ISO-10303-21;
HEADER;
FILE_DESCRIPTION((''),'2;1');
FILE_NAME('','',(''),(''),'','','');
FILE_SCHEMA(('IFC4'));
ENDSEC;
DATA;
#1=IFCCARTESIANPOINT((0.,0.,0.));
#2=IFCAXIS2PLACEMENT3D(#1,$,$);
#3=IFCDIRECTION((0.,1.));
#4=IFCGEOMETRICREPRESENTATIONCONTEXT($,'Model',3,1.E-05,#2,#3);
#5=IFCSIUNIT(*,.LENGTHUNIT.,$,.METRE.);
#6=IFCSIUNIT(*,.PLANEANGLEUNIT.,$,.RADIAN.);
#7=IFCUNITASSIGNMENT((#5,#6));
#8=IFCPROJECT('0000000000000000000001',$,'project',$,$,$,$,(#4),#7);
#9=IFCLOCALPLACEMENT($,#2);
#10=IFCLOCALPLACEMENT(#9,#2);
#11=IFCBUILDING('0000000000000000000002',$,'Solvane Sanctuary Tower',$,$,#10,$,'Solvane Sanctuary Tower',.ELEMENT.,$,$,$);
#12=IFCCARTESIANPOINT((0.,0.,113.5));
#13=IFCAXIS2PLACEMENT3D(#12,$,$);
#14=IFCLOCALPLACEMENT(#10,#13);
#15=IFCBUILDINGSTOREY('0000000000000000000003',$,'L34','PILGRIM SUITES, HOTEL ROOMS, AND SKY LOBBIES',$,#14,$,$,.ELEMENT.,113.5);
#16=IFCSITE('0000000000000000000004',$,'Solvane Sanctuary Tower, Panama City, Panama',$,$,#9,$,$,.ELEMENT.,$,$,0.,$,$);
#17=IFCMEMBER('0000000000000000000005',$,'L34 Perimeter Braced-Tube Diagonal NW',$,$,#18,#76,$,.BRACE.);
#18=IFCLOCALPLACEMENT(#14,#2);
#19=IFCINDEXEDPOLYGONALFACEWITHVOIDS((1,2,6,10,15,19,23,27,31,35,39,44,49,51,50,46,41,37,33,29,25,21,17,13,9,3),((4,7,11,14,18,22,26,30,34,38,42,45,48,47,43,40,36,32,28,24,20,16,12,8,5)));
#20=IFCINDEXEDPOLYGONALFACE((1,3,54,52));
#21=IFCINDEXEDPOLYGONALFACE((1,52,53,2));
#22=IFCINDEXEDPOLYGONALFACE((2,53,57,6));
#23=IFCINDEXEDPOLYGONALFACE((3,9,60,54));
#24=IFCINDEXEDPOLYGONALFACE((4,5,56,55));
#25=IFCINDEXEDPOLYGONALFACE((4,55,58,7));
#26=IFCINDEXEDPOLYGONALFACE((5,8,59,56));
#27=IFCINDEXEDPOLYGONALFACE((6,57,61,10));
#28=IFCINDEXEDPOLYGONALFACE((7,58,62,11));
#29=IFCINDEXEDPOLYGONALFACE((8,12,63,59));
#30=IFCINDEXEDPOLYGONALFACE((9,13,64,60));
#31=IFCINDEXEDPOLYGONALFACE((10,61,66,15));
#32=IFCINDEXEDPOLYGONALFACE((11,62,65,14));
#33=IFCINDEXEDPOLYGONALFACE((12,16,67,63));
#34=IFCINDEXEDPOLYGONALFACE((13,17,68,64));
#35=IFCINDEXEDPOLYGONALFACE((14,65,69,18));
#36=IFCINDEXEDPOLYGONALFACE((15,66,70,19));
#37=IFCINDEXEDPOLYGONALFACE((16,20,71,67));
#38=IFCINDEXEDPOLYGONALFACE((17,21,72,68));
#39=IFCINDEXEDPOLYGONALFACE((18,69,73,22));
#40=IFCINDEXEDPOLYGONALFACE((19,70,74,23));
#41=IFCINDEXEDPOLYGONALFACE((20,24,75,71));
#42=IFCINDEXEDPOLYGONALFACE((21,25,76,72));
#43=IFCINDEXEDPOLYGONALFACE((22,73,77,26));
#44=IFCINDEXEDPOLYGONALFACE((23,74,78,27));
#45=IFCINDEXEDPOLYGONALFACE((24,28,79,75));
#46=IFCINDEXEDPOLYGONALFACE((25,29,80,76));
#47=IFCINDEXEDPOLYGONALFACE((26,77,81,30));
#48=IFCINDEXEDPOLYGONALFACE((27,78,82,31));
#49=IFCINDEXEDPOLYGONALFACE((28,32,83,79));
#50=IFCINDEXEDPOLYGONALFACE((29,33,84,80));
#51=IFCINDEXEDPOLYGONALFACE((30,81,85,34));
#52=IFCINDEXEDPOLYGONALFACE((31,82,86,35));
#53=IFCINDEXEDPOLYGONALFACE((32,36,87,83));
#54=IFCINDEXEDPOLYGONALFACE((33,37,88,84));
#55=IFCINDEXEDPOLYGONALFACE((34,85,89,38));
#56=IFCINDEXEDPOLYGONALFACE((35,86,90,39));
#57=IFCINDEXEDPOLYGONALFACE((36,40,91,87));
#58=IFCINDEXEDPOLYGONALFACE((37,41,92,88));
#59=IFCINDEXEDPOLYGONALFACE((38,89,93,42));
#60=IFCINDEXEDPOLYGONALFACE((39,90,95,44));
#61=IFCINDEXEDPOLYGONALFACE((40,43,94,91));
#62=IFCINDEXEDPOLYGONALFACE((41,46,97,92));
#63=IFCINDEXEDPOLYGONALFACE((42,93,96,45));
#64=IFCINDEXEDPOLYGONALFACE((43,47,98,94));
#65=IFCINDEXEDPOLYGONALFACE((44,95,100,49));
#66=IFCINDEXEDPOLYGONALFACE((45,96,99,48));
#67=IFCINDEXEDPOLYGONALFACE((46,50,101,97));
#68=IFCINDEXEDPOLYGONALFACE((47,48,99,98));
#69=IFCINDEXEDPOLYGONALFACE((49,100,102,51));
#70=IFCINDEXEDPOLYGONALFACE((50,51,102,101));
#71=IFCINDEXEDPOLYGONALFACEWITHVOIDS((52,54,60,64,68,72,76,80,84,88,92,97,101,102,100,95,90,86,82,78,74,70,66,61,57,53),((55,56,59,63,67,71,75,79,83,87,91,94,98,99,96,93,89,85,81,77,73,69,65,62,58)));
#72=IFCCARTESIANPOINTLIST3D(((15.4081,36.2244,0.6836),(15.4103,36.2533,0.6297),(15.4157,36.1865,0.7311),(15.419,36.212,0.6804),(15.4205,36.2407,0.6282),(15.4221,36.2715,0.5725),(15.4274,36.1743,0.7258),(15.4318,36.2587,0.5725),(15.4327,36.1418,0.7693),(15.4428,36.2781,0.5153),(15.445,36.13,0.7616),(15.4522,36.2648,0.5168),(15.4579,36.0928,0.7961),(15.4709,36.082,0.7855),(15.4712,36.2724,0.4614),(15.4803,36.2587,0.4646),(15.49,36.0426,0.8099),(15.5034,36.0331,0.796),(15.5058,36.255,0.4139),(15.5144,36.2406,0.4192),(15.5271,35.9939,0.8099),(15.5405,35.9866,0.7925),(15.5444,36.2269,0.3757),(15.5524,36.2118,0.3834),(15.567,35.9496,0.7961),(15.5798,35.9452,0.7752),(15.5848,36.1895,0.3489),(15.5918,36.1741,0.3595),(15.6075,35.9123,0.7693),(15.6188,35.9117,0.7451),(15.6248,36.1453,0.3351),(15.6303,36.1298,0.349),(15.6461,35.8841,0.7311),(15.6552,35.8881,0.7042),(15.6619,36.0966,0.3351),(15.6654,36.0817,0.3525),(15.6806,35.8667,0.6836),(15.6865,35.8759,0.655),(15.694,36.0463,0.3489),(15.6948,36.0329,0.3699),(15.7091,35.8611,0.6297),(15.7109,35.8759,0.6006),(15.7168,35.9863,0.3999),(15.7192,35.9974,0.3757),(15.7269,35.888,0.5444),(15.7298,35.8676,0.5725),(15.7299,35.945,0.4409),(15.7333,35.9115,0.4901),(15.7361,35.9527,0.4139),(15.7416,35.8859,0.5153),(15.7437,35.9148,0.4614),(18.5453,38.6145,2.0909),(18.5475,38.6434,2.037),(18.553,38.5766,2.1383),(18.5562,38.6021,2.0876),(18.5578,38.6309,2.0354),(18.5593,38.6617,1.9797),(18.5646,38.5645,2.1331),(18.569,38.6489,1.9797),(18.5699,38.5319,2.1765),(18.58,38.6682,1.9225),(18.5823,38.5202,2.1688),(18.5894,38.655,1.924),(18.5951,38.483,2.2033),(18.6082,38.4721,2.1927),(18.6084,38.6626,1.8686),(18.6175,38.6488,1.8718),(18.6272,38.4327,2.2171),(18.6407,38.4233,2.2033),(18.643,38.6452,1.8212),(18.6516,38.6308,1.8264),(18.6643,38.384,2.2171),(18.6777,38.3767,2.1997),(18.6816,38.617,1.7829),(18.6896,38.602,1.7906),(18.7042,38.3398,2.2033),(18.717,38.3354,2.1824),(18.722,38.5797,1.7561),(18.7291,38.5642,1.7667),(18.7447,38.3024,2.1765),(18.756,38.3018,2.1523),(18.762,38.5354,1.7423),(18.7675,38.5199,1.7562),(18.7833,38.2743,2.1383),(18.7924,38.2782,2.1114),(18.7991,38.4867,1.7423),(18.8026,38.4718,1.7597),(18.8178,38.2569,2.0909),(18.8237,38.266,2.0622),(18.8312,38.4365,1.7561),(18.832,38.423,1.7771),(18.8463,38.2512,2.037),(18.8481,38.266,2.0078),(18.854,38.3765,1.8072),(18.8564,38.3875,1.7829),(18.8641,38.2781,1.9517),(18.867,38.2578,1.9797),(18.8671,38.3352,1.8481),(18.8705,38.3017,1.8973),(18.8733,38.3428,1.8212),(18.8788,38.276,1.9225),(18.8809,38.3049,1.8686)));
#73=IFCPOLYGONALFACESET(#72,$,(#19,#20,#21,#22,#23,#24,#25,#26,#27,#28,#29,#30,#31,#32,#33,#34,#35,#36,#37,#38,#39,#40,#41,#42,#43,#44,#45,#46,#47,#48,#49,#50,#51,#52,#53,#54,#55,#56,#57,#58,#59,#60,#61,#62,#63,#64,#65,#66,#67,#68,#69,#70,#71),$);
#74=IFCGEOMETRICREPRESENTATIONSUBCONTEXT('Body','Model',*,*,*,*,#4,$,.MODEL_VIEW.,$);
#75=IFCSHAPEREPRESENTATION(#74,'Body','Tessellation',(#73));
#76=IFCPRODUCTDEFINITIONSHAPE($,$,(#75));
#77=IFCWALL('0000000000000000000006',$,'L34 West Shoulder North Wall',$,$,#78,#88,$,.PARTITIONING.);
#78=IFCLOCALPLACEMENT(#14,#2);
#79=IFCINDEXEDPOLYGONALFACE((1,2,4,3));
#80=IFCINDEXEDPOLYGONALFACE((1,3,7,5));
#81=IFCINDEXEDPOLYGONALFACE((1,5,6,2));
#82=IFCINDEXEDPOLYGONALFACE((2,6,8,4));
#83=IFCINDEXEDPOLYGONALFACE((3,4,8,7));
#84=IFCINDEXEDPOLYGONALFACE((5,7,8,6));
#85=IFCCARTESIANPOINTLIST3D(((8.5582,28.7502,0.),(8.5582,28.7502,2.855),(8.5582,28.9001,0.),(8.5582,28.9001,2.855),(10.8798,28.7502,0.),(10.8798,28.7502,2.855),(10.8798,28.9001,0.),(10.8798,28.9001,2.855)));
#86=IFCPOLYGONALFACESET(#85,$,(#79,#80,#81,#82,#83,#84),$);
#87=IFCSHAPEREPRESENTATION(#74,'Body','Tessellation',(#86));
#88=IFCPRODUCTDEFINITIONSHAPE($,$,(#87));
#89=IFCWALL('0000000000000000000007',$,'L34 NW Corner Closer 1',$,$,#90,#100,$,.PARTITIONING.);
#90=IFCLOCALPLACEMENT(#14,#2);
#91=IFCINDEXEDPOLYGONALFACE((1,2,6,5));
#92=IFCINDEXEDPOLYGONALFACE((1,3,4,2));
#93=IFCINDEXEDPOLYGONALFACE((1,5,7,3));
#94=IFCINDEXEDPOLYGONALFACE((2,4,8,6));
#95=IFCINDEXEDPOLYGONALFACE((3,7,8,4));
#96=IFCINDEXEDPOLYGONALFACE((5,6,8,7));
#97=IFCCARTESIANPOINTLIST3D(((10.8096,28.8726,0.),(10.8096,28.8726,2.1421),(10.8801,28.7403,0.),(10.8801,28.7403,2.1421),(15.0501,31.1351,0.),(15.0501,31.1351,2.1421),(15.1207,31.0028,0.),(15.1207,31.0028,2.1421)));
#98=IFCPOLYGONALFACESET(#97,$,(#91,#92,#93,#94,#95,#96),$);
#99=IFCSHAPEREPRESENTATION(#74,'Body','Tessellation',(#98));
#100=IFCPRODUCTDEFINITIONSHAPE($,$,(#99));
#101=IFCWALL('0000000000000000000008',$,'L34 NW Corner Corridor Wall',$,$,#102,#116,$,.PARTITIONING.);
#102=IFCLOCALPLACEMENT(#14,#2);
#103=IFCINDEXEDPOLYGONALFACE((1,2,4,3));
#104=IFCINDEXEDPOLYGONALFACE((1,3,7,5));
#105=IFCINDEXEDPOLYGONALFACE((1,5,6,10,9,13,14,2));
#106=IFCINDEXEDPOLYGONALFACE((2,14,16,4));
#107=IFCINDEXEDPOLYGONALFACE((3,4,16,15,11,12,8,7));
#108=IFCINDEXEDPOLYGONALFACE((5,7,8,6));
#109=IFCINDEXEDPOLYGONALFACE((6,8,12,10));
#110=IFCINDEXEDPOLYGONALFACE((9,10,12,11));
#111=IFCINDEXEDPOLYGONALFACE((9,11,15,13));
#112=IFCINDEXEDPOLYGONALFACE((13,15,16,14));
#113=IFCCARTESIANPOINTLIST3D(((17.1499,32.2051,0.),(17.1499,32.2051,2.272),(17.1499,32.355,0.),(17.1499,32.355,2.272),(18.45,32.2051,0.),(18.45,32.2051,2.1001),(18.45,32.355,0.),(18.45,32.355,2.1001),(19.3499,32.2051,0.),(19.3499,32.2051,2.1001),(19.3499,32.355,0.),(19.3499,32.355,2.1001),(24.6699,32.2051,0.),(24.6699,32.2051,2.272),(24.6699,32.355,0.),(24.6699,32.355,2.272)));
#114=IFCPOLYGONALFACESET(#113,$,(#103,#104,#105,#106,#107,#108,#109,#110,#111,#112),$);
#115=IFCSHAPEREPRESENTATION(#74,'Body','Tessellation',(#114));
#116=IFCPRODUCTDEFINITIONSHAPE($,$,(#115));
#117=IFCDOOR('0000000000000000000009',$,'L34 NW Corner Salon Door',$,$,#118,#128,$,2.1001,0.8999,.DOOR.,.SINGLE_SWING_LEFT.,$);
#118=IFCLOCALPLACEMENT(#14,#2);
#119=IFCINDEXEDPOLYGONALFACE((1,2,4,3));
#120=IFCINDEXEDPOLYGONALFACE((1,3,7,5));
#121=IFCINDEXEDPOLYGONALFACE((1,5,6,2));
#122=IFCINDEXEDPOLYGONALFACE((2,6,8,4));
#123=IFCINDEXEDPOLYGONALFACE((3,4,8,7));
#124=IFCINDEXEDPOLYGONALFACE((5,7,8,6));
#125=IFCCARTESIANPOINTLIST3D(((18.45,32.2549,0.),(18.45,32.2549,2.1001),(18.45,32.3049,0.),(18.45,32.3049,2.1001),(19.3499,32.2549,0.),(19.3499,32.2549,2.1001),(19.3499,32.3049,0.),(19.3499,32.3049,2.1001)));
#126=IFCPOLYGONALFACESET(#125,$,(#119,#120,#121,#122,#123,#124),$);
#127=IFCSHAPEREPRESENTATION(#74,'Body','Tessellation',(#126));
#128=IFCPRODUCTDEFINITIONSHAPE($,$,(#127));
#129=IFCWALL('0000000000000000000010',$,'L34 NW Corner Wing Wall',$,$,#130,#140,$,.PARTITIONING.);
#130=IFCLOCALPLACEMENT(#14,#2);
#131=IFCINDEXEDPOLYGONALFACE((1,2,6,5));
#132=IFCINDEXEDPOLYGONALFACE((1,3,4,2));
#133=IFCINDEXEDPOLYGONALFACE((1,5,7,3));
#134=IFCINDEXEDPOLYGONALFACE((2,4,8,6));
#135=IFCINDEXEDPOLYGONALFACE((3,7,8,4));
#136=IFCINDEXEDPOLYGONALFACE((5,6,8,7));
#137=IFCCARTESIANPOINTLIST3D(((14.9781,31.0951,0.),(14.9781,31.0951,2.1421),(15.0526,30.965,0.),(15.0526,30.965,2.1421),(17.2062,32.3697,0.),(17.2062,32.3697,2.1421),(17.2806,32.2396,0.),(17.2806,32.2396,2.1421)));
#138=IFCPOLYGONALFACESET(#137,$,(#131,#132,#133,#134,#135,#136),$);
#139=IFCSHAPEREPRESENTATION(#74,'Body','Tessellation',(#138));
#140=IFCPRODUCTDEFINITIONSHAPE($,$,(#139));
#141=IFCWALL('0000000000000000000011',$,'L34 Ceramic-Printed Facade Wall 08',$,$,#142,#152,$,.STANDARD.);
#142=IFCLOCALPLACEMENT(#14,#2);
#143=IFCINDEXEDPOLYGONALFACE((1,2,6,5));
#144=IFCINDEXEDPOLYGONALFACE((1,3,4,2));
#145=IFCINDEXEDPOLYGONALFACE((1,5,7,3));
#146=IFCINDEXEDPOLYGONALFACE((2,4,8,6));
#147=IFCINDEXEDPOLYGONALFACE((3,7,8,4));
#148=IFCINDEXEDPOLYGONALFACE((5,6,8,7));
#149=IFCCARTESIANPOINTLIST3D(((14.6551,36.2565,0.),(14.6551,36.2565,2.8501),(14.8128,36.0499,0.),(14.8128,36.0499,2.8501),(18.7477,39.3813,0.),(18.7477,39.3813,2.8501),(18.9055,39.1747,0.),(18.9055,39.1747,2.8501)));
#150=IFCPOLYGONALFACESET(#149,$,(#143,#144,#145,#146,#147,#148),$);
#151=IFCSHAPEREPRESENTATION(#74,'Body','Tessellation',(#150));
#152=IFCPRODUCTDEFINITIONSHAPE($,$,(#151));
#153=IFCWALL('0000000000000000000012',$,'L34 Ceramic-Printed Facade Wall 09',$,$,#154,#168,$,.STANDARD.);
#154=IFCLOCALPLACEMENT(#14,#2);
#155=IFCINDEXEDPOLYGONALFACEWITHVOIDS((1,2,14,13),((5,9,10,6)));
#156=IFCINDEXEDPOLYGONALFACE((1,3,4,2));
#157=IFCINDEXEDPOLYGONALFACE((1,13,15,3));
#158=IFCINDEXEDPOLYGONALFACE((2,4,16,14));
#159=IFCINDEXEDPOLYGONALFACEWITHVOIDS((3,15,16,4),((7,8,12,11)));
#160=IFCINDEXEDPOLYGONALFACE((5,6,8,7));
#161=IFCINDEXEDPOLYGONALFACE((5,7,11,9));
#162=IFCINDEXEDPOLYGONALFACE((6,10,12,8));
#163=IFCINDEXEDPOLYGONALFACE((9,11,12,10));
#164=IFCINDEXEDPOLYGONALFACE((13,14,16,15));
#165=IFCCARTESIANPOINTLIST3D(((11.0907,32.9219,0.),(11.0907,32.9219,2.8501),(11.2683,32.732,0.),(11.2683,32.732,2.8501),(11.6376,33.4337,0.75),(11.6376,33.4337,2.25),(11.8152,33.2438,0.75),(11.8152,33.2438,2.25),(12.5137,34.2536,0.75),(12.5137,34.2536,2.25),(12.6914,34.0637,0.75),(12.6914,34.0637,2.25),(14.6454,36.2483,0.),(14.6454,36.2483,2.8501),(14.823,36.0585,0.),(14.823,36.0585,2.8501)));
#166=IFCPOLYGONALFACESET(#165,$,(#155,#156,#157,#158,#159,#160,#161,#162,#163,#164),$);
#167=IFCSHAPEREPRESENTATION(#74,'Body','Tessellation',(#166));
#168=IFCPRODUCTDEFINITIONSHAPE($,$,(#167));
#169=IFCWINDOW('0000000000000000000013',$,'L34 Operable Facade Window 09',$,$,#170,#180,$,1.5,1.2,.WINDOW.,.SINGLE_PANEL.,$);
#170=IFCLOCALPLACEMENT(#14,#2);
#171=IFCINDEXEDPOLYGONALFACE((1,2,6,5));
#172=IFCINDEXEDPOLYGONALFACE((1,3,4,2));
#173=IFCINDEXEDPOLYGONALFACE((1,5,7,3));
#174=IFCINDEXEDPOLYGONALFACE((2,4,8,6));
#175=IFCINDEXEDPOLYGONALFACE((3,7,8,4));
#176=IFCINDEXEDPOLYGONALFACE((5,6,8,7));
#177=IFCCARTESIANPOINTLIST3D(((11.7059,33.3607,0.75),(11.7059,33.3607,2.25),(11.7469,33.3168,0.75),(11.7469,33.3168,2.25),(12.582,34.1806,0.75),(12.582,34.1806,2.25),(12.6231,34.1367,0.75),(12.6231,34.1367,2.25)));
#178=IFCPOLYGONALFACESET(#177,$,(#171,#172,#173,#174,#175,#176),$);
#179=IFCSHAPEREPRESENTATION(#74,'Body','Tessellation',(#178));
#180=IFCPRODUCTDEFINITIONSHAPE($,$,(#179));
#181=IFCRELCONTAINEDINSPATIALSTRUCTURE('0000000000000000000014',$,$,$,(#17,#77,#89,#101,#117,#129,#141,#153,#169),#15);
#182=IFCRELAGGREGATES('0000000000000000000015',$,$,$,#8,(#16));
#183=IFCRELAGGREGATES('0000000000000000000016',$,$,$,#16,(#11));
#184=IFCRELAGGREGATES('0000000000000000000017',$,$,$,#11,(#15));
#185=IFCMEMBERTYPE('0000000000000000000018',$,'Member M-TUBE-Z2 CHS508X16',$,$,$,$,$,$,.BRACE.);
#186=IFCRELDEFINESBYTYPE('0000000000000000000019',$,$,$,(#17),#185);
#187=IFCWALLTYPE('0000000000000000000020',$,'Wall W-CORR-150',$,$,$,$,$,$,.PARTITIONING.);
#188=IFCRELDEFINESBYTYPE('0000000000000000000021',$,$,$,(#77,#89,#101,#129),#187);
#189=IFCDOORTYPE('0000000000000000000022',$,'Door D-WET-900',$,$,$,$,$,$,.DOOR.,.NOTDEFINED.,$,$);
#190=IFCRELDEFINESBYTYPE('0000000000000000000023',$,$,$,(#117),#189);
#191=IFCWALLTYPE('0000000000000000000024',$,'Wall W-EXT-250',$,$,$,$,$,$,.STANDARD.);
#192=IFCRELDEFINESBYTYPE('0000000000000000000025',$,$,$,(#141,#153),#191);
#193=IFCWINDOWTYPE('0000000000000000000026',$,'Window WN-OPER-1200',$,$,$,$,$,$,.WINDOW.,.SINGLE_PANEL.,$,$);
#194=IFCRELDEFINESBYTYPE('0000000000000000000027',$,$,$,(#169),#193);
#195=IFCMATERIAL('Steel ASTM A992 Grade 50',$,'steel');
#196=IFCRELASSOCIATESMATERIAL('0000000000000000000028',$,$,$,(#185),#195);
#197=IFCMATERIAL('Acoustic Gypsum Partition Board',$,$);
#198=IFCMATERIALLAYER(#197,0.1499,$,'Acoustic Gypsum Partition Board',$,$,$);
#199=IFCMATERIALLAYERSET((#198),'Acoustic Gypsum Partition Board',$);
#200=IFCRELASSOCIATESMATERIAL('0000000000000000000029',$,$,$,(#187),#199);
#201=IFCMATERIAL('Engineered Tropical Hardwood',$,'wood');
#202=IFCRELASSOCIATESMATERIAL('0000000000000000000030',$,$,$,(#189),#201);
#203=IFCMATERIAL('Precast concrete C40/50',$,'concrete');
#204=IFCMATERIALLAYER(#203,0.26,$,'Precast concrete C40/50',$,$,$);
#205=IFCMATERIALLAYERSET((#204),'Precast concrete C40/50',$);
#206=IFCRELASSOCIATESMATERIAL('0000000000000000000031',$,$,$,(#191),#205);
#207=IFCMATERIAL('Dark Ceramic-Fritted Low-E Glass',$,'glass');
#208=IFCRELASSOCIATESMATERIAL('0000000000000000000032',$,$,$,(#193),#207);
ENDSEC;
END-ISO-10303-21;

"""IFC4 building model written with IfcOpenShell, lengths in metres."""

from ifc_helpers import new_model, si_unit, direction, frame, frame_2d, origin, origin_2d, place, context, subcontext, project, spatial, rectangle, hollow_circle, extrude, material, layer, layer_set, material_profile, profile_set, type_object, element, fill, save


model = new_model("IFC4")

# Units and contexts
model_context = context("Model", 3, precision=1e-05, world=origin(), true_north=direction((0.0, 1.0)))
body_context = subcontext(model_context, "Body", "Model", "MODEL_VIEW")
ifc_project = project(units=[si_unit("LENGTHUNIT", "METRE"), si_unit("PLANEANGLEUNIT", "RADIAN")], contexts=[model_context])

# Site, building, storey
site_placement = place(None, origin())
site = spatial("IfcSite", under=ifc_project, at=site_placement, Name="Solvane Sanctuary Tower, Panama City, Panama", CompositionType="ELEMENT", RefElevation=0.0)
building_placement = place(site_placement, origin())
building = spatial("IfcBuilding", under=site, at=building_placement, Name="Solvane Sanctuary Tower", LongName="Solvane Sanctuary Tower", CompositionType="ELEMENT")
storey_placement = place(building_placement, frame((0.0, 0.0, 113.5)))
storey = spatial("IfcBuildingStorey", under=building, at=storey_placement, Name="L34", Description="PILGRIM SUITES, HOTEL ROOMS, AND SKY LOBBIES", CompositionType="ELEMENT", Elevation=113.5)

# Shared definitions
ifc_material_1 = material(Name="Steel ASTM A992 Grade 50", Category="steel")

# Member
ifc_material_profile_1 = material_profile(ifc_material_1, hollow_circle(Radius=0.2539, WallThickness=0.0161, at=origin_2d()), Name="CHS508X16")
ifc_profile_set_1 = profile_set([ifc_material_profile_1], Name="Steel ASTM A992 Grade 50")
member_type = type_object("IfcMemberType", Name="Member M-TUBE-Z2 CHS508X16", PredefinedType="BRACE", material=ifc_profile_set_1)
member_placement = place(storey_placement, frame((15.5759, 36.0696, 0.5725), z_axis=(0.749185, 0.57078, 0.336055), x_axis=(-0.606025, 0.795446, 0.0)))
element("IfcMember", 1, at=member_placement, inside=storey, type_object=member_type, Name="L34 Perimeter Braced-Tube Diagonal NW", PredefinedType="BRACE", context=body_context, shape_type="SweptSolid", body=[
    extrude(hollow_circle(Radius=0.2539, WallThickness=0.0161, at=origin_2d()), origin(), (0.0, 0.0, 1.0), 4.1875),
])

# Walls
ifc_material_2 = material(Name="Acoustic Gypsum Partition Board")
ifc_layer_1 = layer(ifc_material_2, 0.1499, Name="Acoustic Gypsum Partition Board")
ifc_layer_set_1 = layer_set([ifc_layer_1], Name="Acoustic Gypsum Partition Board")
wall_type_1 = type_object("IfcWallType", Name="Wall W-CORR-150", PredefinedType="PARTITIONING", material=ifc_layer_set_1)
wall_1_placement = place(storey_placement, frame((8.5583, 28.8252, 0.0), z_axis=(0.0, 0.0, 1.0), x_axis=(1.0, 0.0, 0.0)))
element("IfcWall", 2, at=wall_1_placement, inside=storey, type_object=wall_type_1, Name="L34 West Shoulder North Wall", PredefinedType="PARTITIONING", context=body_context, shape_type="SweptSolid", body=[
    extrude(rectangle(XDim=2.3215, YDim=0.1499, at=frame_2d((1.1606, 0.0))), origin(), (0.0, 0.0, 1.0), 2.855),
])
wall_2_placement = place(storey_placement, frame((10.8447, 28.8064, 0.0), z_axis=(0.0, 0.0, 1.0), x_axis=(0.882278, 0.470728, 0.0)))
element("IfcWall", 3, at=wall_2_placement, inside=storey, type_object=wall_type_1, Name="L34 NW Corner Closer 1", PredefinedType="PARTITIONING", context=body_context, shape_type="SweptSolid", body=[
    extrude(rectangle(XDim=4.8064, YDim=0.1499, at=frame_2d((2.4033, 0.0))), origin(), (0.0, 0.0, 1.0), 2.1421),
])

# Wall, opening, door
wall_3_placement = place(storey_placement, frame((17.1499, 32.28, 0.0), z_axis=(0.0, 0.0, 1.0), x_axis=(1.0, 0.0, 0.0)))
wall_3 = element("IfcWall", 4, at=wall_3_placement, inside=storey, type_object=wall_type_1, Name="L34 NW Corner Corridor Wall", PredefinedType="PARTITIONING", context=body_context, shape_type="SweptSolid", body=[
    extrude(rectangle(XDim=7.52, YDim=0.1499, at=frame_2d((3.76, 0.0))), origin(), (0.0, 0.0, 1.0), 2.272),
])
opening_1_placement = place(wall_3_placement, frame((1.3, 0.0, 0.0)))
opening_1 = element("IfcOpeningElement", 5, at=opening_1_placement, cuts=wall_3, PredefinedType="OPENING", context=body_context, shape_type="SweptSolid", body=[
    extrude(rectangle(XDim=0.8999, YDim=2.1001, at=frame_2d((0.45, 1.05))), frame((0.0, 0.085, 0.0), z_axis=(0.0, -1.0, 0.0), x_axis=(1.0, 0.0, 0.0)), (0.0, 0.0, 1.0), 0.1699),
])
ifc_material_3 = material(Name="Engineered Tropical Hardwood", Category="wood")
door_type_1 = type_object("IfcDoorType", Name="Door D-WET-900", OperationType="NOTDEFINED", PredefinedType="DOOR", material=ifc_material_3)
door_1_placement = place(opening_1_placement, origin())
door_1 = element("IfcDoor", 6, at=door_1_placement, inside=storey, type_object=door_type_1, Name="L34 NW Corner Salon Door", OperationType="SINGLE_SWING_LEFT", OverallHeight=2.1001, OverallWidth=0.8999, PredefinedType="DOOR", context=body_context, shape_type="SweptSolid", body=[
    extrude(rectangle(XDim=0.8999, YDim=2.1001, at=frame_2d((0.45, 1.05))), frame((0.0, 0.0249, 0.0), z_axis=(0.0, -1.0, 0.0), x_axis=(1.0, 0.0, 0.0)), (0.0, 0.0, 1.0), 0.05),
])
fill(opening_1, door_1)

# Walls
wall_4_placement = place(storey_placement, frame((17.2434, 32.3047, 0.0), z_axis=(0.0, 0.0, 1.0), x_axis=(-0.867991, -0.496579, 0.0)))
element("IfcWall", 7, at=wall_4_placement, inside=storey, type_object=wall_type_1, Name="L34 NW Corner Wing Wall", PredefinedType="PARTITIONING", context=body_context, shape_type="SweptSolid", body=[
    extrude(rectangle(XDim=2.5669, YDim=0.1499, at=frame_2d((1.2834, 0.0))), origin(), (0.0, 0.0, 1.0), 2.1421),
])
ifc_material_4 = material(Name="Precast concrete C40/50", Category="concrete")
ifc_layer_2 = layer(ifc_material_4, 0.26, Name="Precast concrete C40/50")
ifc_layer_set_2 = layer_set([ifc_layer_2], Name="Precast concrete C40/50")
wall_type_2 = type_object("IfcWallType", Name="Wall W-EXT-250", PredefinedType="STANDARD", material=ifc_layer_set_2)
wall_5_placement = place(storey_placement, frame((18.8267, 39.2781, 0.0), z_axis=(0.0, 0.0, 1.0), x_axis=(-0.79481, -0.606859, 0.0)))
element("IfcWall", 8, at=wall_5_placement, inside=storey, type_object=wall_type_2, Name="L34 Ceramic-Printed Facade Wall 08", PredefinedType="STANDARD", context=body_context, shape_type="SweptSolid", body=[
    extrude(rectangle(XDim=5.1492, YDim=0.26, at=frame_2d((2.5747, 0.0))), origin(), (0.0, 0.0, 1.0), 2.8501),
])

# Wall, opening, window
wall_6_placement = place(storey_placement, frame((14.7341, 36.1533, 0.0), z_axis=(0.0, 0.0, 1.0), x_axis=(-0.730162, -0.683274, 0.0)))
wall_6 = element("IfcWall", 9, at=wall_6_placement, inside=storey, type_object=wall_type_2, Name="L34 Ceramic-Printed Facade Wall 09", PredefinedType="STANDARD", context=body_context, shape_type="SweptSolid", body=[
    extrude(rectangle(XDim=4.8684, YDim=0.26, at=frame_2d((2.4341, 0.0))), origin(), (0.0, 0.0, 1.0), 2.8501),
])
opening_2_placement = place(wall_6_placement, frame((2.9192, 0.0, 0.75)))
opening_2 = element("IfcOpeningElement", 10, at=opening_2_placement, cuts=wall_6, PredefinedType="OPENING", context=body_context, shape_type="SweptSolid", body=[
    extrude(rectangle(XDim=1.2, YDim=1.5, at=frame_2d((0.6001, 0.75))), frame((0.0, 0.1399, 0.0), z_axis=(0.0, -1.0, 0.0), x_axis=(1.0, 0.0, 0.0)), (0.0, 0.0, 1.0), 0.28),
])
ifc_material_5 = material(Name="Dark Ceramic-Fritted Low-E Glass", Category="glass")
window_type_1 = type_object("IfcWindowType", Name="Window WN-OPER-1200", PartitioningType="SINGLE_PANEL", PredefinedType="WINDOW", material=ifc_material_5)
window_1_placement = place(opening_2_placement, origin())
window_1 = element("IfcWindow", 11, at=window_1_placement, inside=storey, type_object=window_type_1, Name="L34 Operable Facade Window 09", OverallHeight=1.5, OverallWidth=1.2, PartitioningType="SINGLE_PANEL", PredefinedType="WINDOW", context=body_context, shape_type="SweptSolid", body=[
    extrude(rectangle(XDim=1.2, YDim=1.5, at=frame_2d((0.6001, 0.75))), frame((0.0, 0.03, 0.0), z_axis=(0.0, -1.0, 0.0), x_axis=(1.0, 0.0, 0.0)), (0.0, 0.0, 1.0), 0.0601),
])
fill(opening_2, window_1)

save(model, "model.ifc")
